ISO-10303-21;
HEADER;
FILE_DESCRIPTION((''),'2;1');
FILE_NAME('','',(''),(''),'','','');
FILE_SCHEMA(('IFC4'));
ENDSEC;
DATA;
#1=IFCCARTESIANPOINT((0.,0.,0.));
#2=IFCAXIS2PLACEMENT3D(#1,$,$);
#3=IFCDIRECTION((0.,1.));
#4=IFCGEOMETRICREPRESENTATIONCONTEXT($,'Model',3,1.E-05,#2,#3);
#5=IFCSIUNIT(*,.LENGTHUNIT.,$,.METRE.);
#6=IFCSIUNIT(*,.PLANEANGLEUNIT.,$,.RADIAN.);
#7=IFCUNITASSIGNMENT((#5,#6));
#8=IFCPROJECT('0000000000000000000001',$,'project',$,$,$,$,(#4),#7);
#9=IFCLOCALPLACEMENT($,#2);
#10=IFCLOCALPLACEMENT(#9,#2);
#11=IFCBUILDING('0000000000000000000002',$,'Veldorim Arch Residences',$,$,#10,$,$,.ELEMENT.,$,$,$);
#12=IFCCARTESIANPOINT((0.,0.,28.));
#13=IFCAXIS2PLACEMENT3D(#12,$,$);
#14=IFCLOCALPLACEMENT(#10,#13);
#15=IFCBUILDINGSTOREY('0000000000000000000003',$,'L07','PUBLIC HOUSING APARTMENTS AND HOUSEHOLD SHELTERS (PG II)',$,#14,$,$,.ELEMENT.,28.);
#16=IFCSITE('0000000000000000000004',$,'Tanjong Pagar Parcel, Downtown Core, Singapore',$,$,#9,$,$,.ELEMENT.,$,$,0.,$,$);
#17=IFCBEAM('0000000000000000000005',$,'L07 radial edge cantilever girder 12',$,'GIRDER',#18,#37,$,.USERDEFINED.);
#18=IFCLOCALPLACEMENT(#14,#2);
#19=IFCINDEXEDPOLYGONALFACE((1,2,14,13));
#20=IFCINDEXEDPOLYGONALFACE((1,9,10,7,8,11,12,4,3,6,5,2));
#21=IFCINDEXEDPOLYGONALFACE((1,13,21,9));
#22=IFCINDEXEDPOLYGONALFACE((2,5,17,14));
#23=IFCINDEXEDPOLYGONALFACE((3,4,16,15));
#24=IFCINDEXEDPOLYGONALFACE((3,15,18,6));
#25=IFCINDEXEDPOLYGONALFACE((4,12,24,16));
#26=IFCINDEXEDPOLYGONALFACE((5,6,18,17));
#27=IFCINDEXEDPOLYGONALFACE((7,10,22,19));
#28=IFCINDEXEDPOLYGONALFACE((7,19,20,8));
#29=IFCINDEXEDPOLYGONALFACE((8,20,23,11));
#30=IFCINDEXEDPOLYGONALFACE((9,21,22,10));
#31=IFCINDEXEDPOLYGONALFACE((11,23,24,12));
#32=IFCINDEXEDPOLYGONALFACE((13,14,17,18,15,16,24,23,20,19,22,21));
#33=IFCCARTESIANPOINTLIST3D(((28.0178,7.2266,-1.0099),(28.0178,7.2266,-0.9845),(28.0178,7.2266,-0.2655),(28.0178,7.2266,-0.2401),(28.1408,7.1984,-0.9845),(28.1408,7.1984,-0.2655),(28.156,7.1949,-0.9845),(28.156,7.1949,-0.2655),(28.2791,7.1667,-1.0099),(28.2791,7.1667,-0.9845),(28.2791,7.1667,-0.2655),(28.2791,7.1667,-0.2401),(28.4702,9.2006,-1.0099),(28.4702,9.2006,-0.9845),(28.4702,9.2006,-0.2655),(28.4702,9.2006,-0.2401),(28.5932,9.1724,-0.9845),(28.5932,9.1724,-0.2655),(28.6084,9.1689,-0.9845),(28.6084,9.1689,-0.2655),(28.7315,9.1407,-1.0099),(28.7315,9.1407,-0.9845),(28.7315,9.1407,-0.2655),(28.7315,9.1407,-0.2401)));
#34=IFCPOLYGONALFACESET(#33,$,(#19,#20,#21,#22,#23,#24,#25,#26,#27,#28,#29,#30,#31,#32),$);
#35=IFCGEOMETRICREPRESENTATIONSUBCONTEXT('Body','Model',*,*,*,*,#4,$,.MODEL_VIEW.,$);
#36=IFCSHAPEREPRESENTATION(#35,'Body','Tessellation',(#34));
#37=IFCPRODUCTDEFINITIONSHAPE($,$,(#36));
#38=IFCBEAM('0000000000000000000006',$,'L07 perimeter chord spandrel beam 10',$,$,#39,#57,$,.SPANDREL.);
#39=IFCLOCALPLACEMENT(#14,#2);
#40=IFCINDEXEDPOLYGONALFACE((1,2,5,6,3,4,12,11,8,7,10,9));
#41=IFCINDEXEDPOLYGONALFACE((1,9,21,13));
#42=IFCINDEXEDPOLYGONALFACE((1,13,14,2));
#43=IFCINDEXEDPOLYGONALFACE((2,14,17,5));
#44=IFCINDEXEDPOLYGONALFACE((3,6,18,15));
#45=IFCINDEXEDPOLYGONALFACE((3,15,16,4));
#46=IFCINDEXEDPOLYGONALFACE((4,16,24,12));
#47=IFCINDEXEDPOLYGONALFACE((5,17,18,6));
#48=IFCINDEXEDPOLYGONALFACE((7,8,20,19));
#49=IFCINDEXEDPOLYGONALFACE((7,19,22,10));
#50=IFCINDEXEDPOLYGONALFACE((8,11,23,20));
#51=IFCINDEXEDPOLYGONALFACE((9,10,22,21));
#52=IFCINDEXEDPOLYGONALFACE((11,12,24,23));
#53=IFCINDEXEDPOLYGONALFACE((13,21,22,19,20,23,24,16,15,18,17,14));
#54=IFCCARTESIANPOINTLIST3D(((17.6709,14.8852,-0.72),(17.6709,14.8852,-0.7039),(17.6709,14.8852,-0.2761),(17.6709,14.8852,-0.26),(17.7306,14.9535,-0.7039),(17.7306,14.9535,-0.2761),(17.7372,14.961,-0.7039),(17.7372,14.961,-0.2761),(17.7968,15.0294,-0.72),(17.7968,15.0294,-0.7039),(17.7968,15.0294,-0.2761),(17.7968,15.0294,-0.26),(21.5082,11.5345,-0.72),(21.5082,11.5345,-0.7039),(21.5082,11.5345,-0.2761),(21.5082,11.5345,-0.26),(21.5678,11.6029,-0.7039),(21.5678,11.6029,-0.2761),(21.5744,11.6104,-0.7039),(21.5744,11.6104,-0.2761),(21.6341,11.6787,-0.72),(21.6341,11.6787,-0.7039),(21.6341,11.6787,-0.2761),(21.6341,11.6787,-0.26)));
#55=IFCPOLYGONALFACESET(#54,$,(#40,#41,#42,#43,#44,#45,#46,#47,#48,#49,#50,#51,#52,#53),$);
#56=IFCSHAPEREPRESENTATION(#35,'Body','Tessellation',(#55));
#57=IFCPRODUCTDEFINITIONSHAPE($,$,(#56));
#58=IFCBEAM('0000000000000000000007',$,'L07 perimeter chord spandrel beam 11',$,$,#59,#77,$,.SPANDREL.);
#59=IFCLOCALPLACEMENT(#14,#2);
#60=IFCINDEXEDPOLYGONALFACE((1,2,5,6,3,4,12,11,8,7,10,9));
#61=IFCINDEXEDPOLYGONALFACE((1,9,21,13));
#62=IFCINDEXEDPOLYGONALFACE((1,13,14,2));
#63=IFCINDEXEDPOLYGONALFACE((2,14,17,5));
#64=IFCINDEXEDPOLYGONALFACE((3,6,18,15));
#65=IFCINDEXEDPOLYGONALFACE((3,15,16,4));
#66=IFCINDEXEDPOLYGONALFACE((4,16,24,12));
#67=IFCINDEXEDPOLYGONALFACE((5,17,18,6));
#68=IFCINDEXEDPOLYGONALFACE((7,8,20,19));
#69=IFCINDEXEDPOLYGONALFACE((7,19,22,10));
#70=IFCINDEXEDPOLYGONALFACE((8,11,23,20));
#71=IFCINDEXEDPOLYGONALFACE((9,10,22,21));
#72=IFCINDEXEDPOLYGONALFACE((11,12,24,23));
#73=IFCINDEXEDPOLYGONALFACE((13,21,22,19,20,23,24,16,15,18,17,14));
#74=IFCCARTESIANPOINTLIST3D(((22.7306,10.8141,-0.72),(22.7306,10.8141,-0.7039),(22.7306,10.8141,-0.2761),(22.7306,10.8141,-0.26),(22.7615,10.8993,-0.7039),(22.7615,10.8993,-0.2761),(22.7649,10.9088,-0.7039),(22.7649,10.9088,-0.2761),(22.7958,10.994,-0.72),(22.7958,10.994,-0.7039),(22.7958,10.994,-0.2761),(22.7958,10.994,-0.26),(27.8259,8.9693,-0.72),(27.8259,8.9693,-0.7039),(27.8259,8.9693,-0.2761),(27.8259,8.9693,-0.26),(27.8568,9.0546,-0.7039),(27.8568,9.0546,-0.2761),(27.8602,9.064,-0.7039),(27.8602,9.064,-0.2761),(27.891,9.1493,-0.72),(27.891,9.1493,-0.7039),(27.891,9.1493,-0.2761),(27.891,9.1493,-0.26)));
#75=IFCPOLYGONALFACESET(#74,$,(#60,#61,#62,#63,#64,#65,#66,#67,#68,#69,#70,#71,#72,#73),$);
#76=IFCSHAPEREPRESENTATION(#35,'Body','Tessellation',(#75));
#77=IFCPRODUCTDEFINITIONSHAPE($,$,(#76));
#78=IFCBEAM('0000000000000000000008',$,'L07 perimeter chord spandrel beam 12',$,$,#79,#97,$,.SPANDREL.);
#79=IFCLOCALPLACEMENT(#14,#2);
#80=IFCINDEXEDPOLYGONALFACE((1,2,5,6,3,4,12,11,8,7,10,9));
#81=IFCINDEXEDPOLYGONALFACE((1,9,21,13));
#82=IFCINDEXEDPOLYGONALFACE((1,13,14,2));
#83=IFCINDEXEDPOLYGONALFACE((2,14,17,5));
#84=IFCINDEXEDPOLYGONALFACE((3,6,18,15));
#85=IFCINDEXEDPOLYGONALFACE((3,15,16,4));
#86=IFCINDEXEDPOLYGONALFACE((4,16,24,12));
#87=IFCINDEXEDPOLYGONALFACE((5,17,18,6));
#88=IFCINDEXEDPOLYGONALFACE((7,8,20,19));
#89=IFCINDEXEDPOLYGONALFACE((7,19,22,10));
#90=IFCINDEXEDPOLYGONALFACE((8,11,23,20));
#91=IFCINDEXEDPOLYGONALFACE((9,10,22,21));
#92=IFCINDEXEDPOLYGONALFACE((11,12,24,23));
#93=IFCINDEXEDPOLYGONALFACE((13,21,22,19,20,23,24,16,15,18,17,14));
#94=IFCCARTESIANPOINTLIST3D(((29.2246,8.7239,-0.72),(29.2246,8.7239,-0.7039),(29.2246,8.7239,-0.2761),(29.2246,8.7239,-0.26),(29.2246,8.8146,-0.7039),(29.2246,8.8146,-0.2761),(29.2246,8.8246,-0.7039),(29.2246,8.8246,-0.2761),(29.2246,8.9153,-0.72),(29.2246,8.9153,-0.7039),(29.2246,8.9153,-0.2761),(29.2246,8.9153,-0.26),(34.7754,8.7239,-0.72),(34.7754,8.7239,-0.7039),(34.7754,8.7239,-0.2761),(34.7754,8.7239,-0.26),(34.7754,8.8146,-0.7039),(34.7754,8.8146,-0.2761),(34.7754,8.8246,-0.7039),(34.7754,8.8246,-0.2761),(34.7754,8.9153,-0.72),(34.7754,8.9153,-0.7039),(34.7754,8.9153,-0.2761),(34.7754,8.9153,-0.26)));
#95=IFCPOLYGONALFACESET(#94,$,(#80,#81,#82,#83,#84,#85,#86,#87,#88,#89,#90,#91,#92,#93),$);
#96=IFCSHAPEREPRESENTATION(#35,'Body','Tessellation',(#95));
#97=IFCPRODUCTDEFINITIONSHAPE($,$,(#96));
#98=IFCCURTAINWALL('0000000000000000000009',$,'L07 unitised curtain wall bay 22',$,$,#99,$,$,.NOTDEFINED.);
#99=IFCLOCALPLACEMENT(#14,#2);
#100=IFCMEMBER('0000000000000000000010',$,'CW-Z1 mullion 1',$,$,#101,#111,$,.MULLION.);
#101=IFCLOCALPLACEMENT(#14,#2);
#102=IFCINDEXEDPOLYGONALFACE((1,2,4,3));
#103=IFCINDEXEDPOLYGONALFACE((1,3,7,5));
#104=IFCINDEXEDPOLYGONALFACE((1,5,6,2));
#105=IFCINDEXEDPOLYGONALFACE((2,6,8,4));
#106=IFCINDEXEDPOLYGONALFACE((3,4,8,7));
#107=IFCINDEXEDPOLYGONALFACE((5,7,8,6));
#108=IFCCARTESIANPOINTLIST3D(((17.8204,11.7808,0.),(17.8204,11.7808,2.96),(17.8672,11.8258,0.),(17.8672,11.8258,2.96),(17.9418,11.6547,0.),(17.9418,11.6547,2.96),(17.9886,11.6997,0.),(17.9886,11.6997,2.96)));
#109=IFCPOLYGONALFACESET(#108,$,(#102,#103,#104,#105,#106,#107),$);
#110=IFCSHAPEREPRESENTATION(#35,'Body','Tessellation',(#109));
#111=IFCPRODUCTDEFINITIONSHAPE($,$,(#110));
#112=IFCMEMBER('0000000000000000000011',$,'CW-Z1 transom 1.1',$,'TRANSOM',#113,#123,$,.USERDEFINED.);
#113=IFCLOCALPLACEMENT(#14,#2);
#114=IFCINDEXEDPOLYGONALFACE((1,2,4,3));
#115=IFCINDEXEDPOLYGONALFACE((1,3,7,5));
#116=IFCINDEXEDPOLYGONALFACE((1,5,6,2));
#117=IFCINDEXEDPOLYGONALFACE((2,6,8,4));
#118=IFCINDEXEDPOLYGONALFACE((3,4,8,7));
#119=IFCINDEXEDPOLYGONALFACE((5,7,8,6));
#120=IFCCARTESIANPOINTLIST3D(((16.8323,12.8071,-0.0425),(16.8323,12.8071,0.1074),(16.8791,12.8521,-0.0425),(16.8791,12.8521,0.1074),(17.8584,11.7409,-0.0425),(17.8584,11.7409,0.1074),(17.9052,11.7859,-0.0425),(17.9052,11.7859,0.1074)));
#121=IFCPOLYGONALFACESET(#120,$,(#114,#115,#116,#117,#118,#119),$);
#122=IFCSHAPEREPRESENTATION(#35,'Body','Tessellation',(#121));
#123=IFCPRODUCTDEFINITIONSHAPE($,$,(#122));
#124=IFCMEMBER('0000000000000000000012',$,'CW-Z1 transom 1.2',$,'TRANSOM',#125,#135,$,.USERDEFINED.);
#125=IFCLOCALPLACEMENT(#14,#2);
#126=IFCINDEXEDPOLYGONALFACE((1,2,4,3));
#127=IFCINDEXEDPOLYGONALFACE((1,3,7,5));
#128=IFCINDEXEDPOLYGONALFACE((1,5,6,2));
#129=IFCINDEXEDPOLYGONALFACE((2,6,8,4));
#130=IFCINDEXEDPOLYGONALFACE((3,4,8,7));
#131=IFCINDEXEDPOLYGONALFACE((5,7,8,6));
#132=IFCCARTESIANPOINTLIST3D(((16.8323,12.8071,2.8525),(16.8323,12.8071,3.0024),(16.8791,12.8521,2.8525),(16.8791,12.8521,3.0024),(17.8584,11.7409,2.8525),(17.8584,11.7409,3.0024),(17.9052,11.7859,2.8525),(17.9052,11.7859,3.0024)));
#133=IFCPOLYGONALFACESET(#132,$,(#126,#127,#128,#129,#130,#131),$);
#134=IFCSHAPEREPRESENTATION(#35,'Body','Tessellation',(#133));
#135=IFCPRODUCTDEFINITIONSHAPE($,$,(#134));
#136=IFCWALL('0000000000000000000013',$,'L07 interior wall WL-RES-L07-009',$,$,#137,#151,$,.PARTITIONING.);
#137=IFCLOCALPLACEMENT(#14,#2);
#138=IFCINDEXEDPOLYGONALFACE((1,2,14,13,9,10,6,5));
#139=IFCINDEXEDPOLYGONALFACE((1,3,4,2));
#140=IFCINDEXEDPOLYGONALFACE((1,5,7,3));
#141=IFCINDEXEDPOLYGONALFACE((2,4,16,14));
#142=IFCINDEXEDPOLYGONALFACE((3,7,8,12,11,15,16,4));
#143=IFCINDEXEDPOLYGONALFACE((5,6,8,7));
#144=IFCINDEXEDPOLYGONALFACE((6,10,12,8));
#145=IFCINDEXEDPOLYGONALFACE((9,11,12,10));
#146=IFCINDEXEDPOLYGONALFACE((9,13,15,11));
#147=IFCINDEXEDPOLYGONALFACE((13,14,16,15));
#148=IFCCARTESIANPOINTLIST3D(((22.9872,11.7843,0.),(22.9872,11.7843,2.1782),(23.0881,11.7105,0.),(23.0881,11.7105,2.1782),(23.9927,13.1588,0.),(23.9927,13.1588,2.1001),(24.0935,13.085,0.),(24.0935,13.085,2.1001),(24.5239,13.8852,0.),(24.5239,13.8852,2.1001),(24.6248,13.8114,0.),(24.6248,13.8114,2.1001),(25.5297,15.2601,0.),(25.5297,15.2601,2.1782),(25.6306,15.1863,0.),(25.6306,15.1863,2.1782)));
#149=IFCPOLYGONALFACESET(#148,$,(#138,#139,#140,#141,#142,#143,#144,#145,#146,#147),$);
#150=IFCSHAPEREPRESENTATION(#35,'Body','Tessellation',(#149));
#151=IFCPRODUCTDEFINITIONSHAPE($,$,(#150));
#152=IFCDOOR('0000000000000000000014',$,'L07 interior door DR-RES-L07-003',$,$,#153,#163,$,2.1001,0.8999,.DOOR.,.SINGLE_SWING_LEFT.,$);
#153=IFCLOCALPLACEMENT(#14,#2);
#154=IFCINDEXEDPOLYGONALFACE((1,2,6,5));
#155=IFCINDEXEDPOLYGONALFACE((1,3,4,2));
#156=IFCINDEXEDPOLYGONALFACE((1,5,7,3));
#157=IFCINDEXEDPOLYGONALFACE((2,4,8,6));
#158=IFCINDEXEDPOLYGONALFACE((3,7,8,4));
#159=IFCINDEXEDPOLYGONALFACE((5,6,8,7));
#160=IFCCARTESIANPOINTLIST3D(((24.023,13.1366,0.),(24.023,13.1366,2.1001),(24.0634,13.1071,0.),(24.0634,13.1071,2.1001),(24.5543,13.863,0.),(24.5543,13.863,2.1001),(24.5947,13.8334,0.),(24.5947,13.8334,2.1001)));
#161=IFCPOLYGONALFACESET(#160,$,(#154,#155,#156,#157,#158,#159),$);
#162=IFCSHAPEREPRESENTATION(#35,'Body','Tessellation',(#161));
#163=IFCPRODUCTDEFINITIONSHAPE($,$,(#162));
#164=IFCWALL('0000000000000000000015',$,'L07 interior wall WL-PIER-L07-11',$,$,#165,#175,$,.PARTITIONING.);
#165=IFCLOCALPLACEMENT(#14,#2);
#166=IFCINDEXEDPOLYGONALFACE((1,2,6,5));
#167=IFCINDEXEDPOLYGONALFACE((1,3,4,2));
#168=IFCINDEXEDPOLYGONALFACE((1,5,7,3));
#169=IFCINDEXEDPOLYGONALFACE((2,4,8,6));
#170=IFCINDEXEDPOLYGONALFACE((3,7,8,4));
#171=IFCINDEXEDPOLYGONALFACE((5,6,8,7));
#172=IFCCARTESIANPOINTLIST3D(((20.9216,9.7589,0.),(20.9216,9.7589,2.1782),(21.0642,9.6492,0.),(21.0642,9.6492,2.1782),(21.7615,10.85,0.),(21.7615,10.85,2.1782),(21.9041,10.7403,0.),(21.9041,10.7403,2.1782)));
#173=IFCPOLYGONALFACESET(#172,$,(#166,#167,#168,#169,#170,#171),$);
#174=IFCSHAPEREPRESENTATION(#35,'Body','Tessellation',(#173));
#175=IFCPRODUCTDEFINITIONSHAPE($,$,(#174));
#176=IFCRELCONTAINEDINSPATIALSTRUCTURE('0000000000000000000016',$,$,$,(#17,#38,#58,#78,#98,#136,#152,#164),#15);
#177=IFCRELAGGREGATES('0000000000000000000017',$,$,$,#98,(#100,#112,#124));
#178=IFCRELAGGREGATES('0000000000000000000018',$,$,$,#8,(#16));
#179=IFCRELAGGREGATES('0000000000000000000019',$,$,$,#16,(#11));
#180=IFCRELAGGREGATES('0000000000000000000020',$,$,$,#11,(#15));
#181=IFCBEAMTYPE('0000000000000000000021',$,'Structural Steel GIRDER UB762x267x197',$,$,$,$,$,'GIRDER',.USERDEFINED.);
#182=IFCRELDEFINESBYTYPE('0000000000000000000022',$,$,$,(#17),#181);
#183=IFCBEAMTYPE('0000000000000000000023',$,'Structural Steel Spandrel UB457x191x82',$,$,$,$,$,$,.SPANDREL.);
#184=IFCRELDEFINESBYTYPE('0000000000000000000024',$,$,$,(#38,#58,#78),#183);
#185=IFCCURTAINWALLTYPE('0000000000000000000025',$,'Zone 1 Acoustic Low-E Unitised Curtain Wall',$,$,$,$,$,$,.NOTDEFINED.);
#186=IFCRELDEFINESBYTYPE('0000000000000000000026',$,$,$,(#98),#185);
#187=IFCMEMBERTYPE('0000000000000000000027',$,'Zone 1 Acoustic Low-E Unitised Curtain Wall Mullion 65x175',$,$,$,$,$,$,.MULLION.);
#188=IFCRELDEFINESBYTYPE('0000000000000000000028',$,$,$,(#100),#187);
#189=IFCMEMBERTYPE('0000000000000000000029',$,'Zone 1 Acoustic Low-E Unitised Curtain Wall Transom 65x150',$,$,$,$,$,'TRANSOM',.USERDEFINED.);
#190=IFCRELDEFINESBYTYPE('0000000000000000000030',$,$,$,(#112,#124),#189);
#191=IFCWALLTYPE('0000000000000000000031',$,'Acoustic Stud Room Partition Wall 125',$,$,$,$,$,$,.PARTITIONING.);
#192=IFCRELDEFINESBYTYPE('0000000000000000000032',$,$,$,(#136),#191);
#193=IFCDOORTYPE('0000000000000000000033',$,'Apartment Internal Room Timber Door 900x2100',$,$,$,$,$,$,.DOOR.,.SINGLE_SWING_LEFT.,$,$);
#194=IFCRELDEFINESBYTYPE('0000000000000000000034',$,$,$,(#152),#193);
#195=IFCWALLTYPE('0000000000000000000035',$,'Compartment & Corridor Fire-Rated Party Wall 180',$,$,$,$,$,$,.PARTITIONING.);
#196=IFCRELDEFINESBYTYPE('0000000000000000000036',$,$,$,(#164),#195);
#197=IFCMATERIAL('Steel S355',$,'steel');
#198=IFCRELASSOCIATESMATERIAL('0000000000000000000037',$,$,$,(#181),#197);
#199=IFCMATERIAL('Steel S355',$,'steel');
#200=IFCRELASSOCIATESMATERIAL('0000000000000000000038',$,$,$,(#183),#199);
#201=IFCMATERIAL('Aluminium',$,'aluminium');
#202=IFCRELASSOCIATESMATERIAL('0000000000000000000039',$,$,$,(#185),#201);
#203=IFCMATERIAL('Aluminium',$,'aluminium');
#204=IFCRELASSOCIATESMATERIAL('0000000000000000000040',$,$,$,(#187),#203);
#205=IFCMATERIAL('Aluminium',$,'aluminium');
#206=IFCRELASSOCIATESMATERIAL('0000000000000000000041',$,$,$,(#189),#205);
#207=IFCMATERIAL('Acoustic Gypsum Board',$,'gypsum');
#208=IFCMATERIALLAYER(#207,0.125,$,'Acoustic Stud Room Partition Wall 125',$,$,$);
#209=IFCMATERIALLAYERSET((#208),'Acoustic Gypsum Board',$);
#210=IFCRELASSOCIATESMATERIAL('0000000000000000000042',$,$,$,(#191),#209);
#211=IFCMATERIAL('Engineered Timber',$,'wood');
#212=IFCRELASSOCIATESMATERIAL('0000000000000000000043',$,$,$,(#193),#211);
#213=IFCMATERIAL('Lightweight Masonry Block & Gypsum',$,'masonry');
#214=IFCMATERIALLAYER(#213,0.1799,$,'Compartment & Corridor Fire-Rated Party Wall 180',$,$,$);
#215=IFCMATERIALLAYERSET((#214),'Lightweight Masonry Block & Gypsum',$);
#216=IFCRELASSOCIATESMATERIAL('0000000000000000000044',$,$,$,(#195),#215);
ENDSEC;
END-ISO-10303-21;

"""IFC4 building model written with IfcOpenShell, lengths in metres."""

from ifc_helpers import new_model, si_unit, direction, frame, frame_2d, origin, origin_2d, place, context, subcontext, project, spatial, rectangle, i_section, extrude, material, layer, layer_set, material_profile, profile_set, type_object, element, fill, aggregate, save


model = new_model("IFC4")

# Units and contexts
model_context = context("Model", 3, precision=1e-05, world=origin(), true_north=direction((0.0, 1.0)))
body_context = subcontext(model_context, "Body", "Model", "MODEL_VIEW")
ifc_project = project(units=[si_unit("LENGTHUNIT", "METRE"), si_unit("PLANEANGLEUNIT", "RADIAN")], contexts=[model_context])

# Site, building, storey
site_placement = place(None, origin())
site = spatial("IfcSite", under=ifc_project, at=site_placement, Name="Tanjong Pagar Parcel, Downtown Core, Singapore", CompositionType="ELEMENT", RefElevation=0.0)
building_placement = place(site_placement, origin())
building = spatial("IfcBuilding", under=site, at=building_placement, Name="Veldorim Arch Residences", CompositionType="ELEMENT")
storey_placement = place(building_placement, frame((0.0, 0.0, 28.0)))
storey = spatial("IfcBuildingStorey", under=building, at=storey_placement, Name="L07", Description="PUBLIC HOUSING APARTMENTS AND HOUSEHOLD SHELTERS (PG II)", CompositionType="ELEMENT", Elevation=28.0)

# Beams
ifc_material_1 = material(Name="Steel S355", Category="steel")
ifc_material_profile_1 = material_profile(ifc_material_1, i_section(OverallWidth=0.2681, OverallDepth=0.7698, WebThickness=0.0156, FlangeThickness=0.0254, at=origin_2d()), Name="UB762x267x197")
ifc_profile_set_1 = profile_set([ifc_material_profile_1], Name="Steel S355")
beam_type_1 = type_object("IfcBeamType", Name="Structural Steel GIRDER UB762x267x197", ElementType="GIRDER", PredefinedType="USERDEFINED", material=ifc_profile_set_1)
beam_1_placement = place(storey_placement, frame((28.6008, 9.1707, -0.625), z_axis=(-0.223398, -0.974727, 0.0), x_axis=(0.974727, -0.223398, 0.0)))
element("IfcBeam", 1, at=beam_1_placement, inside=storey, type_object=beam_type_1, Name="L07 radial edge cantilever girder 12", ObjectType="GIRDER", PredefinedType="USERDEFINED", context=body_context, shape_type="SweptSolid", body=[
    extrude(i_section(OverallWidth=0.2681, OverallDepth=0.7698, WebThickness=0.0156, FlangeThickness=0.0254, at=origin_2d()), origin(), (0.0, 0.0, 1.0), 2.0251),
])
ifc_material_2 = material(Name="Steel S355", Category="steel")
ifc_material_profile_2 = material_profile(ifc_material_2, i_section(OverallWidth=0.1914, OverallDepth=0.46, WebThickness=0.01, FlangeThickness=0.0161, at=origin_2d()), Name="UB457x191x82")
ifc_profile_set_2 = profile_set([ifc_material_profile_2], Name="Steel S355")
beam_type_2 = type_object("IfcBeamType", Name="Structural Steel Spandrel UB457x191x82", PredefinedType="SPANDREL", material=ifc_profile_set_2)
beam_2_placement = place(storey_placement, frame((17.7339, 14.9573, -0.49), z_axis=(0.75325, -0.657734, 0.0), x_axis=(0.657734, 0.75325, 0.0)))
element("IfcBeam", 2, at=beam_2_placement, inside=storey, type_object=beam_type_2, Name="L07 perimeter chord spandrel beam 10", PredefinedType="SPANDREL", context=body_context, shape_type="SweptSolid", body=[
    extrude(i_section(OverallWidth=0.1914, OverallDepth=0.46, WebThickness=0.01, FlangeThickness=0.0161, at=origin_2d()), origin(), (0.0, 0.0, 1.0), 5.0942),
])
beam_3_placement = place(storey_placement, frame((22.7632, 10.9041, -0.49), z_axis=(0.940271, -0.340426, 0.0), x_axis=(0.340426, 0.940271, 0.0)))
element("IfcBeam", 3, at=beam_3_placement, inside=storey, type_object=beam_type_2, Name="L07 perimeter chord spandrel beam 11", PredefinedType="SPANDREL", context=body_context, shape_type="SweptSolid", body=[
    extrude(i_section(OverallWidth=0.1914, OverallDepth=0.46, WebThickness=0.01, FlangeThickness=0.0161, at=origin_2d()), origin(), (0.0, 0.0, 1.0), 5.4189),
])
beam_4_placement = place(storey_placement, frame((29.2246, 8.8196, -0.49), z_axis=(1.0, 0.0, 0.0), x_axis=(0.0, 1.0, 0.0)))
element("IfcBeam", 4, at=beam_4_placement, inside=storey, type_object=beam_type_2, Name="L07 perimeter chord spandrel beam 12", PredefinedType="SPANDREL", context=body_context, shape_type="SweptSolid", body=[
    extrude(i_section(OverallWidth=0.1914, OverallDepth=0.46, WebThickness=0.01, FlangeThickness=0.0161, at=origin_2d()), origin(), (0.0, 0.0, 1.0), 5.5508),
])

# Curtain wall, members
ifc_material_3 = material(Name="Aluminium", Category="aluminium")
curtain_wall_type = type_object("IfcCurtainWallType", Name="Zone 1 Acoustic Low-E Unitised Curtain Wall", PredefinedType="NOTDEFINED", material=ifc_material_3)
curtain_wall_placement = place(storey_placement, origin())
curtain_wall = element("IfcCurtainWall", 5, at=curtain_wall_placement, inside=storey, type_object=curtain_wall_type, Name="L07 unitised curtain wall bay 22", PredefinedType="NOTDEFINED")
ifc_material_4 = material(Name="Aluminium", Category="aluminium")
ifc_material_profile_3 = material_profile(ifc_material_4, rectangle(XDim=0.0649, YDim=0.175, at=origin_2d()), Name="ALU_MUL_65x175")
ifc_profile_set_3 = profile_set([ifc_material_profile_3], Name="Aluminium")
member_type_1 = type_object("IfcMemberType", Name="Zone 1 Acoustic Low-E Unitised Curtain Wall Mullion 65x175", PredefinedType="MULLION", material=ifc_profile_set_3)
member_1_placement = place(storey_placement, frame((17.9045, 11.7402, 0.0), z_axis=(0.0, 0.0, 1.0), x_axis=(-0.720421, -0.693538, 0.0)))
member_1 = element("IfcMember", 6, at=member_1_placement, type_object=member_type_1, Name="CW-Z1 mullion 1", PredefinedType="MULLION", context=body_context, shape_type="SweptSolid", body=[
    extrude(rectangle(XDim=0.0649, YDim=0.175, at=origin_2d()), origin(), (0.0, 0.0, 1.0), 2.96),
])
ifc_material_5 = material(Name="Aluminium", Category="aluminium")
ifc_material_profile_4 = material_profile(ifc_material_5, rectangle(XDim=0.0649, YDim=0.1499, at=origin_2d()), Name="ALU_TRN_65x150")
ifc_profile_set_4 = profile_set([ifc_material_profile_4], Name="Aluminium")
member_type_2 = type_object("IfcMemberType", Name="Zone 1 Acoustic Low-E Unitised Curtain Wall Transom 65x150", ElementType="TRANSOM", PredefinedType="USERDEFINED", material=ifc_profile_set_4)
member_2_placement = place(storey_placement, frame((17.8818, 11.7634, 0.0325), z_axis=(-0.693448, 0.720506, 0.0), x_axis=(-0.720506, -0.693448, 0.0)))
member_2 = element("IfcMember", 7, at=member_2_placement, type_object=member_type_2, Name="CW-Z1 transom 1.1", ObjectType="TRANSOM", PredefinedType="USERDEFINED", context=body_context, shape_type="SweptSolid", body=[
    extrude(rectangle(XDim=0.0649, YDim=0.1499, at=origin_2d()), origin(), (0.0, 0.0, 1.0), 1.4797),
])
member_3_placement = place(storey_placement, frame((17.8818, 11.7634, 2.9275), z_axis=(-0.693448, 0.720506, 0.0), x_axis=(-0.720506, -0.693448, 0.0)))
member_3 = element("IfcMember", 8, at=member_3_placement, type_object=member_type_2, Name="CW-Z1 transom 1.2", ObjectType="TRANSOM", PredefinedType="USERDEFINED", context=body_context, shape_type="SweptSolid", body=[
    extrude(rectangle(XDim=0.0649, YDim=0.1499, at=origin_2d()), origin(), (0.0, 0.0, 1.0), 1.4797),
])
aggregate(curtain_wall, [member_1, member_2, member_3])

# Wall, opening, door
ifc_material_6 = material(Name="Acoustic Gypsum Board", Category="gypsum")
ifc_layer_1 = layer(ifc_material_6, 0.125, Name="Acoustic Stud Room Partition Wall 125")
ifc_layer_set_1 = layer_set([ifc_layer_1], Name="Acoustic Gypsum Board")
wall_type_1 = type_object("IfcWallType", Name="Acoustic Stud Room Partition Wall 125", PredefinedType="PARTITIONING", material=ifc_layer_set_1)
wall_1_placement = place(storey_placement, frame((23.0376, 11.7473, 0.0), z_axis=(0.0, 0.0, 1.0), x_axis=(0.590388, 0.80712, 0.0)))
wall_1 = element("IfcWall", 9, at=wall_1_placement, inside=storey, type_object=wall_type_1, Name="L07 interior wall WL-RES-L07-009", PredefinedType="PARTITIONING", context=body_context, shape_type="SweptSolid", body=[
    extrude(rectangle(XDim=4.3064, YDim=0.125, at=frame_2d((2.1533, 0.0))), origin(), (0.0, 0.0, 1.0), 2.1782),
])
opening_1_placement = place(wall_1_placement, frame((1.7031, 0.0, 0.0)))
opening_1 = element("IfcOpeningElement", 10, at=opening_1_placement, cuts=wall_1, PredefinedType="OPENING", context=body_context, shape_type="SweptSolid", body=[
    extrude(rectangle(XDim=0.8999, YDim=2.1001, at=frame_2d((0.45, 1.05))), frame((0.0, 0.0725, 0.0), z_axis=(0.0, -1.0, 0.0), x_axis=(1.0, 0.0, 0.0)), (0.0, 0.0, 1.0), 0.145),
])
ifc_material_7 = material(Name="Engineered Timber", Category="wood")
door_type = type_object("IfcDoorType", Name="Apartment Internal Room Timber Door 900x2100", OperationType="SINGLE_SWING_LEFT", PredefinedType="DOOR", material=ifc_material_7)
door_placement = place(opening_1_placement, origin())
door = element("IfcDoor", 11, at=door_placement, inside=storey, type_object=door_type, Name="L07 interior door DR-RES-L07-003", OperationType="SINGLE_SWING_LEFT", OverallHeight=2.1001, OverallWidth=0.8999, PredefinedType="DOOR", context=body_context, shape_type="SweptSolid", body=[
    extrude(rectangle(XDim=0.8999, YDim=2.1001, at=frame_2d((0.45, 1.05))), frame((0.0, 0.0249, 0.0), z_axis=(0.0, -1.0, 0.0), x_axis=(1.0, 0.0, 0.0)), (0.0, 0.0, 1.0), 0.05),
])
fill(opening_1, door)

# Wall
ifc_material_8 = material(Name="Lightweight Masonry Block & Gypsum", Category="masonry")
ifc_layer_2 = layer(ifc_material_8, 0.1799, Name="Compartment & Corridor Fire-Rated Party Wall 180")
ifc_layer_set_2 = layer_set([ifc_layer_2], Name="Lightweight Masonry Block & Gypsum")
wall_type_2 = type_object("IfcWallType", Name="Compartment & Corridor Fire-Rated Party Wall 180", PredefinedType="PARTITIONING", material=ifc_layer_set_2)
wall_2_placement = place(storey_placement, frame((21.8328, 10.7952, 0.0), z_axis=(0.0, 0.0, 1.0), x_axis=(-0.609968, -0.792426, 0.0)))
element("IfcWall", 12, at=wall_2_placement, inside=storey, type_object=wall_type_2, Name="L07 interior wall WL-PIER-L07-11", PredefinedType="PARTITIONING", context=body_context, shape_type="SweptSolid", body=[
    extrude(rectangle(XDim=1.377, YDim=0.1799, at=frame_2d((0.6885, 0.0))), origin(), (0.0, 0.0, 1.0), 2.1782),
])

save(model, "model.ifc")
